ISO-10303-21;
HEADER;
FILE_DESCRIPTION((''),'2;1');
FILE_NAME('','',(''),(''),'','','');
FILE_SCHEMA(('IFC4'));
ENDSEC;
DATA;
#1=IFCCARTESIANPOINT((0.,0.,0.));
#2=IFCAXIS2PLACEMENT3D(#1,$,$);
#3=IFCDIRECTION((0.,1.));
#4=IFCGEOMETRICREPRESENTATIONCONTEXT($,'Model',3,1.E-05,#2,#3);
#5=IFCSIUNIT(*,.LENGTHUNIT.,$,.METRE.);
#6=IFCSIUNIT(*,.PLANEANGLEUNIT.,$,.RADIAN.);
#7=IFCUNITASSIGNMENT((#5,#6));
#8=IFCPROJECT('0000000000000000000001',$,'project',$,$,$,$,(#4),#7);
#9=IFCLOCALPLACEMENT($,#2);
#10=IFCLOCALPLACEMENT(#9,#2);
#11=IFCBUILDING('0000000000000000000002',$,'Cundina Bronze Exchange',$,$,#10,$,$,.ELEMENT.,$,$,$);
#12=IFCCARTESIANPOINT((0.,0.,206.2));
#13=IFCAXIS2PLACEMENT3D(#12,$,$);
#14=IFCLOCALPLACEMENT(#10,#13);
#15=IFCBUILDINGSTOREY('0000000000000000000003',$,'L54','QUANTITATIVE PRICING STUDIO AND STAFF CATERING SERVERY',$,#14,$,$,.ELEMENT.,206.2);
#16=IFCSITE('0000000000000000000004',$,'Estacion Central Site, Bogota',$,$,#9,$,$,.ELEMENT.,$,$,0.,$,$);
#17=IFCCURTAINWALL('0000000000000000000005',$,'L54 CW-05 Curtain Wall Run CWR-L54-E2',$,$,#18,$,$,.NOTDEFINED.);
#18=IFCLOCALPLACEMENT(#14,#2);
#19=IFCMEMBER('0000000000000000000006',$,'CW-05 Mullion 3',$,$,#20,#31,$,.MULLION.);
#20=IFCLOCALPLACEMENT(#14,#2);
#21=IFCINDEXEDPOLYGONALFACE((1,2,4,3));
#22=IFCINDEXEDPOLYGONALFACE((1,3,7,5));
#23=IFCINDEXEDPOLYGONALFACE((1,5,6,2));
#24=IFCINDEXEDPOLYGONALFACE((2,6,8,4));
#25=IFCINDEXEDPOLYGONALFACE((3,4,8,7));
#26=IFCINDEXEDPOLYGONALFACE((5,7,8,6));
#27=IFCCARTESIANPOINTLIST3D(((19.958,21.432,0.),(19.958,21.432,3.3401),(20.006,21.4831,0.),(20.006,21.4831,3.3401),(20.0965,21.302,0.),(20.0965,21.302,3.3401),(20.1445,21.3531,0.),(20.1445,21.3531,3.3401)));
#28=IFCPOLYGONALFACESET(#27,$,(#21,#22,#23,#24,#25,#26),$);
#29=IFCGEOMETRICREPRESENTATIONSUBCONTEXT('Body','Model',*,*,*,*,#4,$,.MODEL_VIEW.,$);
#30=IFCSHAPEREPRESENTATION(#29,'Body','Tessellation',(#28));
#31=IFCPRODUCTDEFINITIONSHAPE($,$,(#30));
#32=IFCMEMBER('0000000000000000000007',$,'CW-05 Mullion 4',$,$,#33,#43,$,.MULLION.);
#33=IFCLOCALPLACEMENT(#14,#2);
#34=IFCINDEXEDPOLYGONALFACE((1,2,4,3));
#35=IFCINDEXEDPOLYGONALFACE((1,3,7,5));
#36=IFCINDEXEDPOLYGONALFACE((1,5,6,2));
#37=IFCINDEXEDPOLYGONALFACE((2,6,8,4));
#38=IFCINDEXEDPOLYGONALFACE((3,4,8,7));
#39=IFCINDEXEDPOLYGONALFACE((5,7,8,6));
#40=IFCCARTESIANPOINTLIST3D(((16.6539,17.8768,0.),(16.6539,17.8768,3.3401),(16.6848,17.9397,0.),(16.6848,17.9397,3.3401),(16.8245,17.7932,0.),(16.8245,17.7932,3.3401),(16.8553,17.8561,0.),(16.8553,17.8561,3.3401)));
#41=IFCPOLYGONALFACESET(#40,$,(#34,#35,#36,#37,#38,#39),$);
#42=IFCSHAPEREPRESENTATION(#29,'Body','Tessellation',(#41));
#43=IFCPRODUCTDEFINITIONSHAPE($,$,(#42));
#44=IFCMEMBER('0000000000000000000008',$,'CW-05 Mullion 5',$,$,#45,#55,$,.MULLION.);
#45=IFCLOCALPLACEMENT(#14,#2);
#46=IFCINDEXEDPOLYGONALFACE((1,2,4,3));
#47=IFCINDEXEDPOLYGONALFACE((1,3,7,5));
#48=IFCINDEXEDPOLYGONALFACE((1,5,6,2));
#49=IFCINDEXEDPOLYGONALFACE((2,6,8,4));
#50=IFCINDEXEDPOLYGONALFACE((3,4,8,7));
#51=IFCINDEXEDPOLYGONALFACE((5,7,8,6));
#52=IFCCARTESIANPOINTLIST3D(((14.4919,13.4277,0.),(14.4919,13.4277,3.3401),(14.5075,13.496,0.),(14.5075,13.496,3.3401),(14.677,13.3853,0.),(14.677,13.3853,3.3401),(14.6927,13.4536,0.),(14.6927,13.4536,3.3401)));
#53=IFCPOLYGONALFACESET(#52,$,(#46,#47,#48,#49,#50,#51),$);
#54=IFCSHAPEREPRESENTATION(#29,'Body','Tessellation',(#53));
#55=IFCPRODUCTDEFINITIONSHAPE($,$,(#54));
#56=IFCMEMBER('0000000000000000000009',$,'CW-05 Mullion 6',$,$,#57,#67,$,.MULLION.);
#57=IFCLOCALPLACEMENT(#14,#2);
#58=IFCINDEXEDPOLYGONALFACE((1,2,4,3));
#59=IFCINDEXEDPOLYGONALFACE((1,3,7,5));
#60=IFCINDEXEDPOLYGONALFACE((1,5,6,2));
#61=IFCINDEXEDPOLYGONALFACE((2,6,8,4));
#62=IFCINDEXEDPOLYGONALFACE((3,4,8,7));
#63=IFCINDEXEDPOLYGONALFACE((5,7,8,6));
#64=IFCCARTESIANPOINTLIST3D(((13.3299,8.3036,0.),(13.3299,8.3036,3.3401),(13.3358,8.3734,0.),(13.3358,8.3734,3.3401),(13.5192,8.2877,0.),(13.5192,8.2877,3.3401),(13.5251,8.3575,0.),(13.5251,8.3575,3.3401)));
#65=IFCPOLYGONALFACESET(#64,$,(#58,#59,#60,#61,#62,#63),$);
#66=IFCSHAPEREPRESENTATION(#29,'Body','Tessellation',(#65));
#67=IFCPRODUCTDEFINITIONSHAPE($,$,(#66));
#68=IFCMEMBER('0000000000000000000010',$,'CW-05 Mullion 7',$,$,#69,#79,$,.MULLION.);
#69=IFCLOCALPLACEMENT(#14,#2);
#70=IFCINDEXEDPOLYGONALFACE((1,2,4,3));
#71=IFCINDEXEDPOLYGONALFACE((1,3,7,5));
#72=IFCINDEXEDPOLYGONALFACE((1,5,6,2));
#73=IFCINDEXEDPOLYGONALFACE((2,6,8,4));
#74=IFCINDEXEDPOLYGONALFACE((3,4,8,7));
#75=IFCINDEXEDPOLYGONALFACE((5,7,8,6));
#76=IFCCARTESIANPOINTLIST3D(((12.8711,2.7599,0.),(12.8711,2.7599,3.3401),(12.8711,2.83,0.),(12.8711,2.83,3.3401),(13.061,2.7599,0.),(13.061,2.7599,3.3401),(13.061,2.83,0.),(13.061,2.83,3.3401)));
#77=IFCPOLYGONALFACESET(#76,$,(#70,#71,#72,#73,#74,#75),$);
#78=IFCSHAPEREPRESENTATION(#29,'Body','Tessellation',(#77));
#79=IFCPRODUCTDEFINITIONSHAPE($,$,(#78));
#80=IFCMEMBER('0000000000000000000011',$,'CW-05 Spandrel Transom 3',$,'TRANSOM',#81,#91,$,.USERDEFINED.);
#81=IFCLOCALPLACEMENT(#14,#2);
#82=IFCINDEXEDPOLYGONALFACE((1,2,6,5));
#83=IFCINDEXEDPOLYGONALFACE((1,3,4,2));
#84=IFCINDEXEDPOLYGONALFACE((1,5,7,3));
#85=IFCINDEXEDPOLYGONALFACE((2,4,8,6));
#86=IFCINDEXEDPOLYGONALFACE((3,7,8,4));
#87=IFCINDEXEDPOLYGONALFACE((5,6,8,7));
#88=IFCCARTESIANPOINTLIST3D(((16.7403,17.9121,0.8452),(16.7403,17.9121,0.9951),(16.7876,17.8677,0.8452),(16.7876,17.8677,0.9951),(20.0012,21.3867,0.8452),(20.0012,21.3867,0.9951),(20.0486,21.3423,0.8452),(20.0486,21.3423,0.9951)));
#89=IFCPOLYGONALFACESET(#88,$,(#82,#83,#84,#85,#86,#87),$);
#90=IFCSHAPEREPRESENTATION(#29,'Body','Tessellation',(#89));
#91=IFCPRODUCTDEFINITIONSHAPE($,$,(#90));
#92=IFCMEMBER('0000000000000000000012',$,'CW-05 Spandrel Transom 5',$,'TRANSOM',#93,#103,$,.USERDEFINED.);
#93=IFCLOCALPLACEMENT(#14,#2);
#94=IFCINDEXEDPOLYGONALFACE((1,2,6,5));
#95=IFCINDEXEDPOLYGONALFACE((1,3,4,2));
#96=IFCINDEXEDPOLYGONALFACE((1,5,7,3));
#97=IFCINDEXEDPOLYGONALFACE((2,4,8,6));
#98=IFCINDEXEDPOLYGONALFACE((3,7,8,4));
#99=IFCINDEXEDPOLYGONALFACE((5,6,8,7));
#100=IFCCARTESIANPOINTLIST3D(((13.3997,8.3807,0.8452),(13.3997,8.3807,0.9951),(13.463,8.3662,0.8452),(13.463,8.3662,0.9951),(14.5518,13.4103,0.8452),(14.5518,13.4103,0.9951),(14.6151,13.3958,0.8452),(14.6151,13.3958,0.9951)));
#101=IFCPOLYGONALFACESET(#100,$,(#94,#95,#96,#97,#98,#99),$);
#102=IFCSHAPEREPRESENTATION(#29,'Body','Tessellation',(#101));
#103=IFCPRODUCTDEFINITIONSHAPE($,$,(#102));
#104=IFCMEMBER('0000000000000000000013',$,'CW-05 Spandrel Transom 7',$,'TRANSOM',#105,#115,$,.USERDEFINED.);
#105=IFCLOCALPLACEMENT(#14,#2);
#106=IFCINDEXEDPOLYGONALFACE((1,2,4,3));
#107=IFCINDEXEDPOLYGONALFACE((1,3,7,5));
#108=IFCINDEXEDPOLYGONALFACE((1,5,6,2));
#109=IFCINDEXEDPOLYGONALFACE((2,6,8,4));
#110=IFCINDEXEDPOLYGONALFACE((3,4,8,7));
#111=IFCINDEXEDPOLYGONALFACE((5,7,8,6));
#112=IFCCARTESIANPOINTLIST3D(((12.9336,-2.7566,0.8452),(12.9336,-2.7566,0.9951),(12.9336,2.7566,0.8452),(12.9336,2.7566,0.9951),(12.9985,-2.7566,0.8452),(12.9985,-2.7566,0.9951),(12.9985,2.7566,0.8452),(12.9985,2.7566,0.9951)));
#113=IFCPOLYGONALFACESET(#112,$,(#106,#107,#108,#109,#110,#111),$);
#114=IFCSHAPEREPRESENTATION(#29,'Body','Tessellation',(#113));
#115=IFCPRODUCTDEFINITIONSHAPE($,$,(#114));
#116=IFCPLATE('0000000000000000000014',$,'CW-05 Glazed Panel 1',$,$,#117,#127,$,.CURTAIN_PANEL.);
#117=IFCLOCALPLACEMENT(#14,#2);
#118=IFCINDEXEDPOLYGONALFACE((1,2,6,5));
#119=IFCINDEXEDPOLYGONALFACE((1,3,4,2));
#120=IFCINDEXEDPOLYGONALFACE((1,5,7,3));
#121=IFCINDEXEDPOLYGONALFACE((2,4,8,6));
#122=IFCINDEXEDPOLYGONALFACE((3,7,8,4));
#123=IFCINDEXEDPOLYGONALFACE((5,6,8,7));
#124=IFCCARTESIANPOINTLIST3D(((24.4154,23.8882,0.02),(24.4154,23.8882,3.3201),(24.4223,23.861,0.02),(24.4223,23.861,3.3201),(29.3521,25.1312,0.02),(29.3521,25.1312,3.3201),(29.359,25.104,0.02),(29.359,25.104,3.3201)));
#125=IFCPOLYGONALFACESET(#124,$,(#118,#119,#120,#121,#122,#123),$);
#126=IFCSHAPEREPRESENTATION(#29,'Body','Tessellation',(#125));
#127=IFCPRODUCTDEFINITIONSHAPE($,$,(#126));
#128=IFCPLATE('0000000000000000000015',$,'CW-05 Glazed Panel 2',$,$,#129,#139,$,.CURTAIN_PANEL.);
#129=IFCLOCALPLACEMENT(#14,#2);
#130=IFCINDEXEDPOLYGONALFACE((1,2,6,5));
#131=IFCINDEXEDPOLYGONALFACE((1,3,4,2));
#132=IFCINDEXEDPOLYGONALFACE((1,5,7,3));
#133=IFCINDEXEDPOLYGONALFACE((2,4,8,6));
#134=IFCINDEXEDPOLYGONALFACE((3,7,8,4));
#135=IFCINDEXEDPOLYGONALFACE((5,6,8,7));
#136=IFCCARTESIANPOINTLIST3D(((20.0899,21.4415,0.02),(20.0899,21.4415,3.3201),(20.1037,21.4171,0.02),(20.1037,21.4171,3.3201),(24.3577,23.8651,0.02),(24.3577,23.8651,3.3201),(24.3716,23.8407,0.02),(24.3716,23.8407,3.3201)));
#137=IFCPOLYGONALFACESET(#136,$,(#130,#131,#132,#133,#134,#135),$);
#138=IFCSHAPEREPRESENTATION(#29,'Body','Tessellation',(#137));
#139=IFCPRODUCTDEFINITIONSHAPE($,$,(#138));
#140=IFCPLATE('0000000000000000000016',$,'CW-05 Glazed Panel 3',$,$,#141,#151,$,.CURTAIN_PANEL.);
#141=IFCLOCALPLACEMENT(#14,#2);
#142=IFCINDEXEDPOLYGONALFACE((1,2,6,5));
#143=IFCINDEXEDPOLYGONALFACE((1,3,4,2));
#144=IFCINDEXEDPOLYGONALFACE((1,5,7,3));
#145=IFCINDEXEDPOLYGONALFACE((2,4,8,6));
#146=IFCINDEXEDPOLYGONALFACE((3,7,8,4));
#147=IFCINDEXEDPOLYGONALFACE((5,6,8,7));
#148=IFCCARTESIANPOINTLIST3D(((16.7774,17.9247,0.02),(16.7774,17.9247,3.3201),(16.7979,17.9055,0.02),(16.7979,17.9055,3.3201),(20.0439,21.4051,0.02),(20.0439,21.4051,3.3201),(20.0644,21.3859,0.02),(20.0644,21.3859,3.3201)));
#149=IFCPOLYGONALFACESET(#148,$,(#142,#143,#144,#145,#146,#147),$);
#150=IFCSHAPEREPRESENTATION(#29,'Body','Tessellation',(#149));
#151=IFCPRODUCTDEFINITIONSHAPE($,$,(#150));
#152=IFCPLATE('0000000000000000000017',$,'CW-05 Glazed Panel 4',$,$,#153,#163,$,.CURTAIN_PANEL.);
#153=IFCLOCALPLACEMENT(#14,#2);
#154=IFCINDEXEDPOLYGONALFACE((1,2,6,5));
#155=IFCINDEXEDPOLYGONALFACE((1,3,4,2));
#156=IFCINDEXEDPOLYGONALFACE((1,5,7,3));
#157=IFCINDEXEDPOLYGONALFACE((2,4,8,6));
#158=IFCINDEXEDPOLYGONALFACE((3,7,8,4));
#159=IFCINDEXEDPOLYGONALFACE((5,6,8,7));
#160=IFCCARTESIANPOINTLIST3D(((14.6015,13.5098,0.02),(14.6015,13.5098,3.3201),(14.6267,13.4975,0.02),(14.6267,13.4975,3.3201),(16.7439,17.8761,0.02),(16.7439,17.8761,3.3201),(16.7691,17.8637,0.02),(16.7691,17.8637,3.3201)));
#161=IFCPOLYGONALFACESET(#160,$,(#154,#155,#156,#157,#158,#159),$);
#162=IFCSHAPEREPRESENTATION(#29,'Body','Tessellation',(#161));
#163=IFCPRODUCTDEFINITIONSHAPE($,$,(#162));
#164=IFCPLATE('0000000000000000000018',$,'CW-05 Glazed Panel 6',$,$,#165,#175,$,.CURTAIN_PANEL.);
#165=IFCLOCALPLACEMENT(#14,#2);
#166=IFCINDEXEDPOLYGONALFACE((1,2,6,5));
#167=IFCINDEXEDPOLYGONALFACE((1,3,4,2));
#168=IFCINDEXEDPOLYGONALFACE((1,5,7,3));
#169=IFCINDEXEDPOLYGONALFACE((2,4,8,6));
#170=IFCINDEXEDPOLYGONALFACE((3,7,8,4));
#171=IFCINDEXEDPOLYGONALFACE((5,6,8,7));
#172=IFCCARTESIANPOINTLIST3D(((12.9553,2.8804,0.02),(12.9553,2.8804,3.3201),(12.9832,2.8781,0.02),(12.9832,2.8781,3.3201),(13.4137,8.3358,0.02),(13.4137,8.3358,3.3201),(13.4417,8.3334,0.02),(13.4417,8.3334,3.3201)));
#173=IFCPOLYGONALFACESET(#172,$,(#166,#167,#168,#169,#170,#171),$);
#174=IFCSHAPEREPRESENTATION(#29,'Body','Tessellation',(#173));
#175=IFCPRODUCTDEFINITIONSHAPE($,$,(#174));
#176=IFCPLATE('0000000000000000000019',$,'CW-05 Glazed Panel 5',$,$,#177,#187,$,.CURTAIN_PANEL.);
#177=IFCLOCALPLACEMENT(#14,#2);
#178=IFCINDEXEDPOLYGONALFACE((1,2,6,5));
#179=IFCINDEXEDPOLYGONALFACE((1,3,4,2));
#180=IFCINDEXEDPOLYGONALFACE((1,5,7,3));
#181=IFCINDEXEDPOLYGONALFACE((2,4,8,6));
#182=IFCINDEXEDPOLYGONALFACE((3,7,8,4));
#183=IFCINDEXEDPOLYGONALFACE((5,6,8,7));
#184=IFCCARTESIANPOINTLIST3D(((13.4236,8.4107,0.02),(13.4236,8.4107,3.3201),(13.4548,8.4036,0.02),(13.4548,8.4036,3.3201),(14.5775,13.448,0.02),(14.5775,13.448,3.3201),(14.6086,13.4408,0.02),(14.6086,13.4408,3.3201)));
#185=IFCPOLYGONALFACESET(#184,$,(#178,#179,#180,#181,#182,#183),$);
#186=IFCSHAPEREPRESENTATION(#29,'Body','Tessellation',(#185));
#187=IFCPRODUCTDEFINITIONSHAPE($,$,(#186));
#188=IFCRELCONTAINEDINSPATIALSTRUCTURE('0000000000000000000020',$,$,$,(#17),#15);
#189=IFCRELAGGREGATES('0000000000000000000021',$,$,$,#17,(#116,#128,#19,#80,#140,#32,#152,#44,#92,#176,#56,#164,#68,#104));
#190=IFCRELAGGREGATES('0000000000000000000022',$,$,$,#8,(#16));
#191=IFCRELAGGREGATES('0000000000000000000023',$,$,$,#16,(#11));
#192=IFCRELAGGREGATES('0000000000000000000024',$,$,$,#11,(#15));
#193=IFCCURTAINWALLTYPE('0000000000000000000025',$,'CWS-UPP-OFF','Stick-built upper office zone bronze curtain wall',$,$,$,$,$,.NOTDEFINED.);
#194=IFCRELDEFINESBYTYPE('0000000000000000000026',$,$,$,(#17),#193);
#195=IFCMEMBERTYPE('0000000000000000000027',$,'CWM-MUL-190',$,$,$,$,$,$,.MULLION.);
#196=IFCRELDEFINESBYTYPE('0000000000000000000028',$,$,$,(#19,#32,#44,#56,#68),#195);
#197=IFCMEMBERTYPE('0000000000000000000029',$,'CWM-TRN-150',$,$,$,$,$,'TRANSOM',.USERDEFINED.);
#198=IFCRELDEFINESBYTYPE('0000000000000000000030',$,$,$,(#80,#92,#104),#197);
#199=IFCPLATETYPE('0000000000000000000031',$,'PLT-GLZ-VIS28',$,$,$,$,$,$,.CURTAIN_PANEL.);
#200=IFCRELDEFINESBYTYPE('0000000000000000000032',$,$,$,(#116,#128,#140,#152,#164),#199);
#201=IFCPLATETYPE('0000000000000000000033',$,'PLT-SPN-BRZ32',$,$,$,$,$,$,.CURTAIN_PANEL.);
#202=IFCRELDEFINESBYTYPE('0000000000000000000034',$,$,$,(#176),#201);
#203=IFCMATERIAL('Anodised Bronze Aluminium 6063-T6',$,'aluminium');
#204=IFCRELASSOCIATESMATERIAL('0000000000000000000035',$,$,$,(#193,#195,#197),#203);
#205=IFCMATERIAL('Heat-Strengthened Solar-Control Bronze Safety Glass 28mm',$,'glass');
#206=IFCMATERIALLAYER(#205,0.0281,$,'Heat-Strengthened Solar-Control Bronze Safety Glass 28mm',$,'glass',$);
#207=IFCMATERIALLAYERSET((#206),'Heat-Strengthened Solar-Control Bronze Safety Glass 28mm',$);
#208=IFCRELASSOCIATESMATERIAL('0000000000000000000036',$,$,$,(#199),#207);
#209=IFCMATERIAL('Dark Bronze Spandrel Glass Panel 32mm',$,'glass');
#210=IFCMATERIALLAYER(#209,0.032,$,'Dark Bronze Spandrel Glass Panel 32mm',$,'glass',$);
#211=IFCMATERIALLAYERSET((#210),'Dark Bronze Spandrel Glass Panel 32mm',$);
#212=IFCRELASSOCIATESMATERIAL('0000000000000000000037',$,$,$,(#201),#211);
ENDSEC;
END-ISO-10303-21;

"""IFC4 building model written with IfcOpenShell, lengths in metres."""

from ifc_helpers import new_model, si_unit, direction, frame, origin, origin_2d, place, context, subcontext, project, spatial, rectangle, extrude, material, layer, layer_set, material_profile, profile_set, type_object, element, aggregate, save


model = new_model("IFC4")

# Units and contexts
model_context = context("Model", 3, precision=1e-05, world=origin(), true_north=direction((0.0, 1.0)))
body_context = subcontext(model_context, "Body", "Model", "MODEL_VIEW")
ifc_project = project(units=[si_unit("LENGTHUNIT", "METRE"), si_unit("PLANEANGLEUNIT", "RADIAN")], contexts=[model_context])

# Site, building, storey
site_placement = place(None, origin())
site = spatial("IfcSite", under=ifc_project, at=site_placement, Name="Estacion Central Site, Bogota", CompositionType="ELEMENT", RefElevation=0.0)
building_placement = place(site_placement, origin())
building = spatial("IfcBuilding", under=site, at=building_placement, Name="Cundina Bronze Exchange", CompositionType="ELEMENT")
storey_placement = place(building_placement, frame((0.0, 0.0, 206.2)))
storey = spatial("IfcBuildingStorey", under=building, at=storey_placement, Name="L54", Description="QUANTITATIVE PRICING STUDIO AND STAFF CATERING SERVERY", CompositionType="ELEMENT", Elevation=206.2)

# Curtain wall, members, plates
ifc_material_1 = material(Name="Anodised Bronze Aluminium 6063-T6", Category="aluminium")
curtain_wall_type = type_object("IfcCurtainWallType", Name="CWS-UPP-OFF", Description="Stick-built upper office zone bronze curtain wall", PredefinedType="NOTDEFINED", material=ifc_material_1)
curtain_wall_placement = place(storey_placement, origin())
curtain_wall = element("IfcCurtainWall", 1, at=curtain_wall_placement, inside=storey, type_object=curtain_wall_type, Name="L54 CW-05 Curtain Wall Run CWR-L54-E2", PredefinedType="NOTDEFINED")
ifc_material_profile_1 = material_profile(ifc_material_1, rectangle(XDim=0.0701, YDim=0.1899, at=origin_2d()), Name="AL70X190", Category="aluminium")
ifc_profile_set_1 = profile_set([ifc_material_profile_1], Name="Anodised Bronze Aluminium 6063-T6")
member_type_1 = type_object("IfcMemberType", Name="CWM-MUL-190", PredefinedType="MULLION", material=ifc_profile_set_1)
member_1_placement = place(storey_placement, frame((20.0513, 21.3926, 0.0), z_axis=(0.0, 0.0, 1.0), x_axis=(-0.684293, -0.729208, 0.0)))
member_1 = element("IfcMember", 2, at=member_1_placement, type_object=member_type_1, Name="CW-05 Mullion 3", PredefinedType="MULLION", context=body_context, shape_type="SweptSolid", body=[
    extrude(rectangle(XDim=0.0701, YDim=0.1899, at=origin_2d()), origin(), (0.0, 0.0, 1.0), 3.3401),
])
member_2_placement = place(storey_placement, frame((16.7546, 17.8665, 0.0), z_axis=(0.0, 0.0, 1.0), x_axis=(-0.440566, -0.89772, 0.0)))
member_2 = element("IfcMember", 3, at=member_2_placement, type_object=member_type_1, Name="CW-05 Mullion 4", PredefinedType="MULLION", context=body_context, shape_type="SweptSolid", body=[
    extrude(rectangle(XDim=0.0701, YDim=0.1899, at=origin_2d()), origin(), (0.0, 0.0, 1.0), 3.3401),
])
member_3_placement = place(storey_placement, frame((14.5923, 13.4407, 0.0), z_axis=(0.0, 0.0, 1.0), x_axis=(-0.22325, -0.974761, 0.0)))
member_3 = element("IfcMember", 4, at=member_3_placement, type_object=member_type_1, Name="CW-05 Mullion 5", PredefinedType="MULLION", context=body_context, shape_type="SweptSolid", body=[
    extrude(rectangle(XDim=0.0701, YDim=0.1899, at=origin_2d()), origin(), (0.0, 0.0, 1.0), 3.3401),
])
member_4_placement = place(storey_placement, frame((13.4275, 8.3306, 0.0), z_axis=(0.0, 0.0, 1.0), x_axis=(-0.083678, -0.996493, 0.0)))
member_4 = element("IfcMember", 5, at=member_4_placement, type_object=member_type_1, Name="CW-05 Mullion 6", PredefinedType="MULLION", context=body_context, shape_type="SweptSolid", body=[
    extrude(rectangle(XDim=0.0701, YDim=0.1899, at=origin_2d()), origin(), (0.0, 0.0, 1.0), 3.3401),
])
member_5_placement = place(storey_placement, frame((12.9661, 2.7949, 0.0), z_axis=(0.0, 0.0, 1.0), x_axis=(0.0, -1.0, 0.0)))
member_5 = element("IfcMember", 6, at=member_5_placement, type_object=member_type_1, Name="CW-05 Mullion 7", PredefinedType="MULLION", context=body_context, shape_type="SweptSolid", body=[
    extrude(rectangle(XDim=0.0701, YDim=0.1899, at=origin_2d()), origin(), (0.0, 0.0, 1.0), 3.3401),
])
ifc_material_profile_2 = material_profile(ifc_material_1, rectangle(XDim=0.0649, YDim=0.1499, at=origin_2d()), Name="AL65X150", Category="aluminium")
ifc_profile_set_2 = profile_set([ifc_material_profile_2], Name="Anodised Bronze Aluminium 6063-T6")
member_type_2 = type_object("IfcMemberType", Name="CWM-TRN-150", ElementType="TRANSOM", PredefinedType="USERDEFINED", material=ifc_profile_set_2)
member_6_placement = place(storey_placement, frame((20.0249, 21.3645, 0.9202), z_axis=(-0.684336, -0.729166, 0.0), x_axis=(0.729166, -0.684336, 0.0)))
member_6 = element("IfcMember", 7, at=member_6_placement, type_object=member_type_2, Name="CW-05 Spandrel Transom 3", ObjectType="TRANSOM", PredefinedType="USERDEFINED", context=body_context, shape_type="SweptSolid", body=[
    extrude(rectangle(XDim=0.0649, YDim=0.1499, at=origin_2d()), origin(), (0.0, 0.0, 1.0), 4.7651),
])
member_7_placement = place(storey_placement, frame((14.5835, 13.4031, 0.9202), z_axis=(-0.223283, -0.974754, 0.0), x_axis=(0.974754, -0.223283, 0.0)))
member_7 = element("IfcMember", 8, at=member_7_placement, type_object=member_type_2, Name="CW-05 Spandrel Transom 5", ObjectType="TRANSOM", PredefinedType="USERDEFINED", context=body_context, shape_type="SweptSolid", body=[
    extrude(rectangle(XDim=0.0649, YDim=0.1499, at=origin_2d()), origin(), (0.0, 0.0, 1.0), 5.1599),
])
member_8_placement = place(storey_placement, frame((12.9661, 2.7566, 0.9202), z_axis=(0.0, -1.0, 0.0), x_axis=(1.0, 0.0, 0.0)))
member_8 = element("IfcMember", 9, at=member_8_placement, type_object=member_type_2, Name="CW-05 Spandrel Transom 7", ObjectType="TRANSOM", PredefinedType="USERDEFINED", context=body_context, shape_type="SweptSolid", body=[
    extrude(rectangle(XDim=0.0649, YDim=0.1499, at=origin_2d()), origin(), (0.0, 0.0, 1.0), 5.5132),
])
ifc_material_2 = material(Name="Heat-Strengthened Solar-Control Bronze Safety Glass 28mm", Category="glass")
ifc_layer_1 = layer(ifc_material_2, 0.0281, Name="Heat-Strengthened Solar-Control Bronze Safety Glass 28mm", Category="glass")
ifc_layer_set_1 = layer_set([ifc_layer_1], Name="Heat-Strengthened Solar-Control Bronze Safety Glass 28mm")
plate_type_1 = type_object("IfcPlateType", Name="PLT-GLZ-VIS28", PredefinedType="CURTAIN_PANEL", material=ifc_layer_set_1)
plate_1_placement = place(storey_placement, frame((26.8872, 24.4961, 0.02), z_axis=(0.0, 0.0, 1.0), x_axis=(-0.969732, -0.244174, 0.0)))
plate_1 = element("IfcPlate", 10, at=plate_1_placement, type_object=plate_type_1, Name="CW-05 Glazed Panel 1", PredefinedType="CURTAIN_PANEL", context=body_context, shape_type="SweptSolid", body=[
    extrude(rectangle(XDim=5.0908, YDim=0.0281, at=origin_2d()), origin(), (0.0, 0.0, 1.0), 3.3),
])
plate_2_placement = place(storey_placement, frame((22.2307, 22.6411, 0.02), z_axis=(0.0, 0.0, 1.0), x_axis=(-0.869573, -0.493805, 0.0)))
plate_2 = element("IfcPlate", 11, at=plate_2_placement, type_object=plate_type_1, Name="CW-05 Glazed Panel 2", PredefinedType="CURTAIN_PANEL", context=body_context, shape_type="SweptSolid", body=[
    extrude(rectangle(XDim=4.908, YDim=0.0281, at=origin_2d()), origin(), (0.0, 0.0, 1.0), 3.3),
])
plate_3_placement = place(storey_placement, frame((18.4209, 19.6553, 0.02), z_axis=(0.0, 0.0, 1.0), x_axis=(-0.684344, -0.72916, 0.0)))
plate_3 = element("IfcPlate", 12, at=plate_3_placement, type_object=plate_type_1, Name="CW-05 Glazed Panel 3", PredefinedType="CURTAIN_PANEL", context=body_context, shape_type="SweptSolid", body=[
    extrude(rectangle(XDim=4.7732, YDim=0.0281, at=origin_2d()), origin(), (0.0, 0.0, 1.0), 3.3),
])
plate_4_placement = place(storey_placement, frame((15.6853, 15.6868, 0.02), z_axis=(0.0, 0.0, 1.0), x_axis=(-0.440503, -0.897751, 0.0)))
plate_4 = element("IfcPlate", 13, at=plate_4_placement, type_object=plate_type_1, Name="CW-05 Glazed Panel 4", PredefinedType="CURTAIN_PANEL", context=body_context, shape_type="SweptSolid", body=[
    extrude(rectangle(XDim=4.8635, YDim=0.0281, at=origin_2d()), origin(), (0.0, 0.0, 1.0), 3.3),
])
plate_5_placement = place(storey_placement, frame((13.1985, 5.6069, 0.02), z_axis=(0.0, 0.0, 1.0), x_axis=(-0.083747, -0.996487, 0.0)))
plate_5 = element("IfcPlate", 14, at=plate_5_placement, type_object=plate_type_1, Name="CW-05 Glazed Panel 6", PredefinedType="CURTAIN_PANEL", context=body_context, shape_type="SweptSolid", body=[
    extrude(rectangle(XDim=5.4746, YDim=0.0281, at=origin_2d()), origin(), (0.0, 0.0, 1.0), 3.3),
])
ifc_material_3 = material(Name="Dark Bronze Spandrel Glass Panel 32mm", Category="glass")
ifc_layer_2 = layer(ifc_material_3, 0.032, Name="Dark Bronze Spandrel Glass Panel 32mm", Category="glass")
ifc_layer_set_2 = layer_set([ifc_layer_2], Name="Dark Bronze Spandrel Glass Panel 32mm")
plate_type_2 = type_object("IfcPlateType", Name="PLT-SPN-BRZ32", PredefinedType="CURTAIN_PANEL", material=ifc_layer_set_2)
plate_6_placement = place(storey_placement, frame((14.0161, 10.9258, 0.02), z_axis=(0.0, 0.0, 1.0), x_axis=(-0.223284, -0.974753, 0.0)))
plate_6 = element("IfcPlate", 15, at=plate_6_placement, type_object=plate_type_2, Name="CW-05 Glazed Panel 5", PredefinedType="CURTAIN_PANEL", context=body_context, shape_type="SweptSolid", body=[
    extrude(rectangle(XDim=5.1677, YDim=0.032, at=origin_2d()), origin(), (0.0, 0.0, 1.0), 3.3),
])
aggregate(curtain_wall, [plate_1, plate_2, member_1, member_6, plate_3, member_2, plate_4, member_3, member_7, plate_6, member_4, plate_5, member_5, member_8])

save(model, "model.ifc")
